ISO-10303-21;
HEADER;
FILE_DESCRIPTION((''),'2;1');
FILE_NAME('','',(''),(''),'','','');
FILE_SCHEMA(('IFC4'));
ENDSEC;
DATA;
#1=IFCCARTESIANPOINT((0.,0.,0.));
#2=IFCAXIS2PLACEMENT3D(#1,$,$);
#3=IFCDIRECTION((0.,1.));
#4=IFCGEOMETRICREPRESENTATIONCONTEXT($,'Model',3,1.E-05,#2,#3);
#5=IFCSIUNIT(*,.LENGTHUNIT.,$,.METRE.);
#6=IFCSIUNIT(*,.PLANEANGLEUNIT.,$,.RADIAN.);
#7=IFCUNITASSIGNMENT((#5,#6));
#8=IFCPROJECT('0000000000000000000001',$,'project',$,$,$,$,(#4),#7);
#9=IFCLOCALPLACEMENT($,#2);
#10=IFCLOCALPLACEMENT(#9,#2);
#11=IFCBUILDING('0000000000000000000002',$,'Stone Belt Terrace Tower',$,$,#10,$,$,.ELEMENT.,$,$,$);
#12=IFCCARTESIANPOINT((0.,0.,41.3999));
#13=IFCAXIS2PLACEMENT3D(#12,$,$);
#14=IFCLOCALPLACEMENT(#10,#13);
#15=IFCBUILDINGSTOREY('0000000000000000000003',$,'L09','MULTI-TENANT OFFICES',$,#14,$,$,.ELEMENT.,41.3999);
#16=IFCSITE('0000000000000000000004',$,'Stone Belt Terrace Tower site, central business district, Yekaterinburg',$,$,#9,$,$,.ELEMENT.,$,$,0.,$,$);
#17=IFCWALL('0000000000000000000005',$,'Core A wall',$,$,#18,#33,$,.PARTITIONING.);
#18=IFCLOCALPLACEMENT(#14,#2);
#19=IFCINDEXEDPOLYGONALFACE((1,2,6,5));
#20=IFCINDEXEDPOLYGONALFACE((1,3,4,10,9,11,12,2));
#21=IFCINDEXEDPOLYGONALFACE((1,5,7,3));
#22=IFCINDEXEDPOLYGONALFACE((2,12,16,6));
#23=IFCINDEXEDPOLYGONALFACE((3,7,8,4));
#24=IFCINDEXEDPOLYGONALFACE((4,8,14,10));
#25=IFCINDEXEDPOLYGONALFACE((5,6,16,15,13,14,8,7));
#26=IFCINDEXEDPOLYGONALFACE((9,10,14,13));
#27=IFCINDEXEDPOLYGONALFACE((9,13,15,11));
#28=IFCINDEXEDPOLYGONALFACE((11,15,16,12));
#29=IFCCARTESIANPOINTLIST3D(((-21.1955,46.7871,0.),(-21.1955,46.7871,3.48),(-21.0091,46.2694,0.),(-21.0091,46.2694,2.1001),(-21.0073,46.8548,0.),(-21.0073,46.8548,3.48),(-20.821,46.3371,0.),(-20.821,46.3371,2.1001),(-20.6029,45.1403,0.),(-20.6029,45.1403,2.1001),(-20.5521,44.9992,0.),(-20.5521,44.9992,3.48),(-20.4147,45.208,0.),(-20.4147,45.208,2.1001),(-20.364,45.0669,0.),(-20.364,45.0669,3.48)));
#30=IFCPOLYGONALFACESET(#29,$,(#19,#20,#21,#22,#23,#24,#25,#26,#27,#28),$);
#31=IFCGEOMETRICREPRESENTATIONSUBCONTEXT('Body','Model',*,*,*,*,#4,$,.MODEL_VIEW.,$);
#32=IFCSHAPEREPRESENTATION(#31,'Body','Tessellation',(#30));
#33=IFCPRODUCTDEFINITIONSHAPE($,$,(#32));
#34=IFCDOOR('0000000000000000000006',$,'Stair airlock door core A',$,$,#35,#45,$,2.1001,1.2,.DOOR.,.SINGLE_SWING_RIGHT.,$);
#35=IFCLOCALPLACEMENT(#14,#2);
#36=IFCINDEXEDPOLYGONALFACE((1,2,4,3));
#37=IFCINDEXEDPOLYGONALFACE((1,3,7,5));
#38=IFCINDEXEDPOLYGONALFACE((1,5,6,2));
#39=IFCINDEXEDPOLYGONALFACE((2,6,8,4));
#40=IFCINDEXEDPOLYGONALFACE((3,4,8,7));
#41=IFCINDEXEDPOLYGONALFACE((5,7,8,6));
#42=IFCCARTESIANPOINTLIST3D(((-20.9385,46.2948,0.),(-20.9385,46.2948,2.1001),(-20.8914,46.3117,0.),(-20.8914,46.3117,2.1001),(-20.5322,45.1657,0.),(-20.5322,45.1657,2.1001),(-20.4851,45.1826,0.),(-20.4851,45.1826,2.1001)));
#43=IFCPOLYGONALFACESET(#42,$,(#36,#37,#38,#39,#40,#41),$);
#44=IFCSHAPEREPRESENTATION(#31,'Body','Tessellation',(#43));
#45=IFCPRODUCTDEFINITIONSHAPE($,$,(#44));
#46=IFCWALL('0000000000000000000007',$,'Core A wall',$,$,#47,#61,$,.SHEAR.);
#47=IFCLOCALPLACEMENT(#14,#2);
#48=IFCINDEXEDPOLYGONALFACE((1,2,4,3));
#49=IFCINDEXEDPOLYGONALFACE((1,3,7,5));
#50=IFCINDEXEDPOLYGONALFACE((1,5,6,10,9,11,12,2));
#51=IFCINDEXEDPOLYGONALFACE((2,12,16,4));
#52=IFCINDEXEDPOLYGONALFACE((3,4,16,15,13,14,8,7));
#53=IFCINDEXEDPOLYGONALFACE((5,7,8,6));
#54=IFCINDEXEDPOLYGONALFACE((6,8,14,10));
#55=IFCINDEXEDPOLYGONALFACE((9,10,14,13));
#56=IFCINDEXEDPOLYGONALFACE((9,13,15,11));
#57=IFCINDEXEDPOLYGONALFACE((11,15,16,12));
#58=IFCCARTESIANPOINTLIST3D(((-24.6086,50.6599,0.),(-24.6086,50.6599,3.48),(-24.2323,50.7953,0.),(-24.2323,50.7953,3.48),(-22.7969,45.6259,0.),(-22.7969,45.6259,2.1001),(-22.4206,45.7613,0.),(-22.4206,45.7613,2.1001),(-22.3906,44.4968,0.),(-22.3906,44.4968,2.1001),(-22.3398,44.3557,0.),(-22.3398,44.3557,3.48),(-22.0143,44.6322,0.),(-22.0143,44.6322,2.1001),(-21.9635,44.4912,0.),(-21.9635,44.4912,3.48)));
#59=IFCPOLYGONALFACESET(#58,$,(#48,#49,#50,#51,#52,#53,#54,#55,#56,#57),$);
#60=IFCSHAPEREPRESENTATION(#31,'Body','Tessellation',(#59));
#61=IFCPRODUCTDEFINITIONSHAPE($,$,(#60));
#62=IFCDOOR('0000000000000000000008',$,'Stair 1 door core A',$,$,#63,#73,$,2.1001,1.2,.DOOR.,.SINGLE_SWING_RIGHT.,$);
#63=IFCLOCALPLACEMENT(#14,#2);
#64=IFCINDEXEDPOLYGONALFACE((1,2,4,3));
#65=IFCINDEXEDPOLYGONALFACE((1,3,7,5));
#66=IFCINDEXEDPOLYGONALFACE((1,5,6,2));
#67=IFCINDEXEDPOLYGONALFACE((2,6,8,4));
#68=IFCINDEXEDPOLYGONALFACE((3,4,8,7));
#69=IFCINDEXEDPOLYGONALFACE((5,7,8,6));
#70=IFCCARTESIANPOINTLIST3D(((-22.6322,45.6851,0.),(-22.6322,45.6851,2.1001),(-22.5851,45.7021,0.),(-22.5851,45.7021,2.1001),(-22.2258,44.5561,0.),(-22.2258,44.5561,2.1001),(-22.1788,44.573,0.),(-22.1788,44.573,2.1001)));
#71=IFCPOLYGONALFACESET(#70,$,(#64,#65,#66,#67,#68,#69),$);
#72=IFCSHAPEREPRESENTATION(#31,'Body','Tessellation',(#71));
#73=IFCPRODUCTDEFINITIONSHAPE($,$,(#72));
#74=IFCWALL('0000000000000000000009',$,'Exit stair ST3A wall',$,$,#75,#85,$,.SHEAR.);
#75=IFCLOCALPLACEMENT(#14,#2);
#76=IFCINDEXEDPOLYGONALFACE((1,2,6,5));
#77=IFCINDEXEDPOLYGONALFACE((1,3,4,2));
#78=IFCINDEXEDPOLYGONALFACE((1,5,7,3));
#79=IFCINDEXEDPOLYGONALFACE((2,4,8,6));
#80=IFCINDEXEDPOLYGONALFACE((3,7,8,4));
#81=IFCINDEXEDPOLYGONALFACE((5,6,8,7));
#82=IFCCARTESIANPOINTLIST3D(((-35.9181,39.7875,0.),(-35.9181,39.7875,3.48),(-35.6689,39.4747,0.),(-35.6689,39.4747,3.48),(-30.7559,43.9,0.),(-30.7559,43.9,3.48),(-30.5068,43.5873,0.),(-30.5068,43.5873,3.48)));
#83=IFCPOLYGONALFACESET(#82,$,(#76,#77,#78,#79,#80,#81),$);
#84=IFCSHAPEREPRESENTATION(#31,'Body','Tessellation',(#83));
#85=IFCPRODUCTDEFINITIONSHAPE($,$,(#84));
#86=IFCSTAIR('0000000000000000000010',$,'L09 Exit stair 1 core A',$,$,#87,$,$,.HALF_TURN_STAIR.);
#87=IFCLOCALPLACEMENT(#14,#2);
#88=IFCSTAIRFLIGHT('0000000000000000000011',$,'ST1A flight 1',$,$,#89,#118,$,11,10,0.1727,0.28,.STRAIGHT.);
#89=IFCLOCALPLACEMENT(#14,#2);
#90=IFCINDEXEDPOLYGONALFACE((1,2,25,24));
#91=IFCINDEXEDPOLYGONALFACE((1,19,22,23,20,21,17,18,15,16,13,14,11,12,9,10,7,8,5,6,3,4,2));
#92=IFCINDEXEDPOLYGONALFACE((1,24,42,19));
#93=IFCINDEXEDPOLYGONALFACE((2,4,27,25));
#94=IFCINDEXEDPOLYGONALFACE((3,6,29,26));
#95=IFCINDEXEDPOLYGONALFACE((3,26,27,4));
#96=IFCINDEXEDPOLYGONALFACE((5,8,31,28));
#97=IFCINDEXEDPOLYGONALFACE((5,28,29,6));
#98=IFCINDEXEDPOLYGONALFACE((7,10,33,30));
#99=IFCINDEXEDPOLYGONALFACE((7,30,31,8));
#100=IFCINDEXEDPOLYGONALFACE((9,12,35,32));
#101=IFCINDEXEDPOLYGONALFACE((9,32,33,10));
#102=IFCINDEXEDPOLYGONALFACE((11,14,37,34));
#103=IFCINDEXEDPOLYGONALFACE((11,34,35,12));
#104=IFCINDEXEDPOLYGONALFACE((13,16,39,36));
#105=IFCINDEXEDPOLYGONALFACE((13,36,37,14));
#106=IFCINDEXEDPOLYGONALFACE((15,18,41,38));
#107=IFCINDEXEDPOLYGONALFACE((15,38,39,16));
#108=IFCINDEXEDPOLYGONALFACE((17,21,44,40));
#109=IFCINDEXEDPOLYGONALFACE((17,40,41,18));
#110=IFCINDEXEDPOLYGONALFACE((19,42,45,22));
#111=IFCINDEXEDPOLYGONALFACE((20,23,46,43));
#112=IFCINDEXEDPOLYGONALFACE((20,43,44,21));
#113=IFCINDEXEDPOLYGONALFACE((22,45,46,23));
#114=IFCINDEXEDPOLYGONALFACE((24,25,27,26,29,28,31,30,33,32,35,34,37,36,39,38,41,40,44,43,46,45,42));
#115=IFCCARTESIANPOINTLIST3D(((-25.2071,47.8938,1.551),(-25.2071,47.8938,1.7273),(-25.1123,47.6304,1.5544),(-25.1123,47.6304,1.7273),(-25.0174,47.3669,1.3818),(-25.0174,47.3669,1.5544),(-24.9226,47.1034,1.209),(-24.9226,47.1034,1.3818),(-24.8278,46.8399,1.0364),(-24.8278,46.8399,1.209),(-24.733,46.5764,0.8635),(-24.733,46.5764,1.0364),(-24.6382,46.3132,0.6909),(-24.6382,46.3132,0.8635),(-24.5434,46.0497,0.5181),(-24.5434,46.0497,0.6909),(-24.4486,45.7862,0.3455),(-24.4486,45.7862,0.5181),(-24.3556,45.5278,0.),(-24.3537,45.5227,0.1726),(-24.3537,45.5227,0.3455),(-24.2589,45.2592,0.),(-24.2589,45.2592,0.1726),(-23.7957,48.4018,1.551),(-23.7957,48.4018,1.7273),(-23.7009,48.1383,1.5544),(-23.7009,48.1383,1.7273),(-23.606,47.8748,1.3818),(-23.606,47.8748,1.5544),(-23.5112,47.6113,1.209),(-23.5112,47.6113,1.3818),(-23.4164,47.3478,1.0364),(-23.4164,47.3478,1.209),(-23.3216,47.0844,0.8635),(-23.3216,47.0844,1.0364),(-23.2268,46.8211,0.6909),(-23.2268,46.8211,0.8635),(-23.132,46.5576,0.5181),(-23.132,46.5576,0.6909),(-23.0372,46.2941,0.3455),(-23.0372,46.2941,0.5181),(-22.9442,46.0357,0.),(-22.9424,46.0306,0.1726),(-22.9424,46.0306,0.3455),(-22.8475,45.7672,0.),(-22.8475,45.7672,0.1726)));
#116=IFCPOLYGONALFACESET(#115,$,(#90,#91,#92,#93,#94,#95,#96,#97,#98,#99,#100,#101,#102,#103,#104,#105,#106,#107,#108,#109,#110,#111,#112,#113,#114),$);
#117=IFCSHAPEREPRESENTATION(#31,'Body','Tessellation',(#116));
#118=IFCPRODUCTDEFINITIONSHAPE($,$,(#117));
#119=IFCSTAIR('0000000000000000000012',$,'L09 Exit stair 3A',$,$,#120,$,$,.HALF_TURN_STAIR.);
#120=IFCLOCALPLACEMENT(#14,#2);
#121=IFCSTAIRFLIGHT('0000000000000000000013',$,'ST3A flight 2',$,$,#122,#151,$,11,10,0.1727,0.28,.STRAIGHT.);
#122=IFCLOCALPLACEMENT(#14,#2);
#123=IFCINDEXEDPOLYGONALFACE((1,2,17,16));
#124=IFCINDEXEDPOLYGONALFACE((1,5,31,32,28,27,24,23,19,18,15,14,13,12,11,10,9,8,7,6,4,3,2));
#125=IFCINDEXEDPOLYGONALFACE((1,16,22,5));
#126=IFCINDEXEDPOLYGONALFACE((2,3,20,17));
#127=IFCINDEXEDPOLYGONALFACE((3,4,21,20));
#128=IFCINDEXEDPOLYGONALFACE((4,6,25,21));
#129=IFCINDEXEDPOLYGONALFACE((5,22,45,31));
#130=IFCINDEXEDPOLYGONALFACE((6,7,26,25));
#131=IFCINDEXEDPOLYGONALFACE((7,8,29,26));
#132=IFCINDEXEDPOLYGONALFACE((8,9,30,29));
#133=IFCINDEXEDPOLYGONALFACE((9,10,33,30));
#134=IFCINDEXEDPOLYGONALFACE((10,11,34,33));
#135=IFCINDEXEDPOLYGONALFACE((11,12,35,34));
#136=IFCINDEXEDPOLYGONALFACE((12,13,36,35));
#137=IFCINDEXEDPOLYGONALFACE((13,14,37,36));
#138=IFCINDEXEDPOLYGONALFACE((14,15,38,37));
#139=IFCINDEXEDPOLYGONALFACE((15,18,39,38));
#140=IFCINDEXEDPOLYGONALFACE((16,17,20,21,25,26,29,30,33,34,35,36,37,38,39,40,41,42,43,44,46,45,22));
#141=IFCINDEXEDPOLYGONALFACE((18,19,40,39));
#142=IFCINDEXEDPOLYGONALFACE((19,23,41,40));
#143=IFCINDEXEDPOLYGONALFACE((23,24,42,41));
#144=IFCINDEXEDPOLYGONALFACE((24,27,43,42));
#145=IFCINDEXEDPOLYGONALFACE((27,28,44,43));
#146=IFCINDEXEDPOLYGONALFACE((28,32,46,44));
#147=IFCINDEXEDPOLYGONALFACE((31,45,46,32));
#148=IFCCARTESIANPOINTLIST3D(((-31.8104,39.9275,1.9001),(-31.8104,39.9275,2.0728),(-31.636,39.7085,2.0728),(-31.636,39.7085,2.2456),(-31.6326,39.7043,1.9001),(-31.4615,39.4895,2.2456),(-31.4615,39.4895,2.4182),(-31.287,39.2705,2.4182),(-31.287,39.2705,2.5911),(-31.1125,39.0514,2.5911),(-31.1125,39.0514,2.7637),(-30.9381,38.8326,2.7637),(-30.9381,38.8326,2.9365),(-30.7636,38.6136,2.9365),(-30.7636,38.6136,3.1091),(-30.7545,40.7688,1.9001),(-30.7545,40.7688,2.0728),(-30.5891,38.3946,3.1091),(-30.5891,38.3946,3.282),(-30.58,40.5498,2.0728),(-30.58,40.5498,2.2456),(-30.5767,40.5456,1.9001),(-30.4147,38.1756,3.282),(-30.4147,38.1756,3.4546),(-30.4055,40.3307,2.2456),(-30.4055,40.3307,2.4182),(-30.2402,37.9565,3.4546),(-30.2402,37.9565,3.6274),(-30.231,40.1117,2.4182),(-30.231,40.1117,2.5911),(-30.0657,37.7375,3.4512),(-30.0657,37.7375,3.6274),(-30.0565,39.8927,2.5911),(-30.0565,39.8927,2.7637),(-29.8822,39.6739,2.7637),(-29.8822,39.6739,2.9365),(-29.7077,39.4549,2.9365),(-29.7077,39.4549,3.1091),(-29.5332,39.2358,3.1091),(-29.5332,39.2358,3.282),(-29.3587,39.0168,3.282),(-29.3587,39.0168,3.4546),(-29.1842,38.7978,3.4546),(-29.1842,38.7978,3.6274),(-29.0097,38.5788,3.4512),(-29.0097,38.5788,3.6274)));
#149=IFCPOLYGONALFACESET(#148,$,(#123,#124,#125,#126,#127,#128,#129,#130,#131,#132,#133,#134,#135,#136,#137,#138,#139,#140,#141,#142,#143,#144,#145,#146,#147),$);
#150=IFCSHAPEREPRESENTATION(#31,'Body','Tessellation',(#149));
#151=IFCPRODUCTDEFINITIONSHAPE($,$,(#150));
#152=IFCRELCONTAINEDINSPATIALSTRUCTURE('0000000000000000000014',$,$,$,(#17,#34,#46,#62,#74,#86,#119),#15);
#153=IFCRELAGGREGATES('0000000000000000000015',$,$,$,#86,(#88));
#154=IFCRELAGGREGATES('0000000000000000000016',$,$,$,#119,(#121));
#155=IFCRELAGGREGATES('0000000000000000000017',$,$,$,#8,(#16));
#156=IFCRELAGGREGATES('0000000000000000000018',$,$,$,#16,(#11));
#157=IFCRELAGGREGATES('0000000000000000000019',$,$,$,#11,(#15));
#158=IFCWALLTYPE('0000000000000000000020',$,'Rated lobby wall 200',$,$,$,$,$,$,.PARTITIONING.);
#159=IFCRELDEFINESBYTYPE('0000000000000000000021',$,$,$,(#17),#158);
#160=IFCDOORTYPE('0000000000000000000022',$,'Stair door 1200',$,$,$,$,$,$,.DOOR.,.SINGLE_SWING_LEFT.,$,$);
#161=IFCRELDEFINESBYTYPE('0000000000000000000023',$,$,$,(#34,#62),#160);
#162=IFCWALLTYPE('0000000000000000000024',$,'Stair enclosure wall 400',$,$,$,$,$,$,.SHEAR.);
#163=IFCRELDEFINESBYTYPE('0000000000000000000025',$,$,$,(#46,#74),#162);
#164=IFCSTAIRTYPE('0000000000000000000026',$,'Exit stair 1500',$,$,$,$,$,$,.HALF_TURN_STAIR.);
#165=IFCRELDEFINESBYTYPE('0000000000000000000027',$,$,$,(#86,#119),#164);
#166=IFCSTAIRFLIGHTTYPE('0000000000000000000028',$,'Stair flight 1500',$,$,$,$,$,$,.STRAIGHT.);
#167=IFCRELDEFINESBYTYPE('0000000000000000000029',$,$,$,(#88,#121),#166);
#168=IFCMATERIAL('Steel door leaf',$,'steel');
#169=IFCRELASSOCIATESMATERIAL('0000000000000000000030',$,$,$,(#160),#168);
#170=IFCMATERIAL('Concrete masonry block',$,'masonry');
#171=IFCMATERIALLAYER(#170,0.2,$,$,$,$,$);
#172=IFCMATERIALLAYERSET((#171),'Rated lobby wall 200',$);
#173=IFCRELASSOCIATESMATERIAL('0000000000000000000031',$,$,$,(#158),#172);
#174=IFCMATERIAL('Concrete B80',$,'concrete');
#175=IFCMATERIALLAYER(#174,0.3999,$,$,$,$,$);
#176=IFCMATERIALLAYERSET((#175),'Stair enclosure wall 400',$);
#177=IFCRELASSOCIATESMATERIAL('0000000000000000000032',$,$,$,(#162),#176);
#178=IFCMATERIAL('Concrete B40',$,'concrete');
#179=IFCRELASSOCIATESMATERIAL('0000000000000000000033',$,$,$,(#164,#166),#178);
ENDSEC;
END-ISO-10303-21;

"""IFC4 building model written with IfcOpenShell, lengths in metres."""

from ifc_helpers import new_model, si_unit, direction, frame, frame_2d, origin, place, context, subcontext, project, spatial, polyline, rectangle, outline, extrude, material, layer, layer_set, type_object, element, fill, aggregate, save


model = new_model("IFC4")

# Units and contexts
model_context = context("Model", 3, precision=1e-05, world=origin(), true_north=direction((0.0, 1.0)))
body_context = subcontext(model_context, "Body", "Model", "MODEL_VIEW")
ifc_project = project(units=[si_unit("LENGTHUNIT", "METRE"), si_unit("PLANEANGLEUNIT", "RADIAN")], contexts=[model_context])

# Site, building, storey
site_placement = place(None, origin())
site = spatial("IfcSite", under=ifc_project, at=site_placement, Name="Stone Belt Terrace Tower site, central business district, Yekaterinburg", CompositionType="ELEMENT", RefElevation=0.0)
building_placement = place(site_placement, origin())
building = spatial("IfcBuilding", under=site, at=building_placement, Name="Stone Belt Terrace Tower", CompositionType="ELEMENT")
storey_placement = place(building_placement, frame((0.0, 0.0, 41.3999)))
storey = spatial("IfcBuildingStorey", under=building, at=storey_placement, Name="L09", Description="MULTI-TENANT OFFICES", CompositionType="ELEMENT", Elevation=41.3999)

# Shared definitions
ifc_material_1 = material(Name="Concrete B80", Category="concrete")

# Shared definitions
ifc_material_2 = material(Name="Steel door leaf", Category="steel")
door_type_1 = type_object("IfcDoorType", Name="Stair door 1200", OperationType="SINGLE_SWING_LEFT", PredefinedType="DOOR", material=ifc_material_2)

# Shared definitions
ifc_material_3 = material(Name="Concrete masonry block", Category="masonry")
ifc_layer_1 = layer(ifc_material_3, 0.2)
ifc_layer_set_1 = layer_set([ifc_layer_1], Name="Rated lobby wall 200")
wall_type_1 = type_object("IfcWallType", Name="Rated lobby wall 200", PredefinedType="PARTITIONING", material=ifc_layer_set_1)

# Walls, openings, doors
wall_1_placement = place(storey_placement, frame((-20.458, 45.033, 0.0), z_axis=(0.0, 0.0, 1.0), x_axis=(-0.338574, 0.94094, 0.0)))
wall_1 = element("IfcWall", 1, at=wall_1_placement, inside=storey, type_object=wall_type_1, Name="Core A wall", PredefinedType="PARTITIONING", context=body_context, shape_type="SweptSolid", body=[
    extrude(rectangle(XDim=1.9001, YDim=0.2, at=frame_2d((0.9502, 0.0))), origin(), (0.0, 0.0, 1.0), 3.48),
])
opening_1_placement = place(wall_1_placement, frame((0.1499, 0.0, 0.0)))
opening_1 = element("IfcOpeningElement", 2, at=opening_1_placement, cuts=wall_1, PredefinedType="OPENING", context=body_context, shape_type="SweptSolid", body=[
    extrude(rectangle(XDim=1.2, YDim=2.1001, at=frame_2d((0.6001, 1.05))), frame((0.0, 0.1099, 0.0), z_axis=(0.0, -1.0, 0.0), x_axis=(1.0, 0.0, 0.0)), (0.0, 0.0, 1.0), 0.22),
])
door_1_placement = place(opening_1_placement, origin())
door_1 = element("IfcDoor", 3, at=door_1_placement, inside=storey, type_object=door_type_1, Name="Stair airlock door core A", OperationType="SINGLE_SWING_RIGHT", OverallHeight=2.1001, OverallWidth=1.2, PredefinedType="DOOR", context=body_context, shape_type="SweptSolid", body=[
    extrude(rectangle(XDim=1.2, YDim=2.1001, at=frame_2d((0.6001, 1.05))), frame((0.0, 0.0249, 0.0), z_axis=(0.0, -1.0, 0.0), x_axis=(1.0, 0.0, 0.0)), (0.0, 0.0, 1.0), 0.05),
])
fill(opening_1, door_1)
ifc_layer_2 = layer(ifc_material_1, 0.3999)
ifc_layer_set_2 = layer_set([ifc_layer_2], Name="Stair enclosure wall 400")
wall_type_2 = type_object("IfcWallType", Name="Stair enclosure wall 400", PredefinedType="SHEAR", material=ifc_layer_set_2)
wall_2_placement = place(storey_placement, frame((-22.1516, 44.4233, 0.0), z_axis=(0.0, 0.0, 1.0), x_axis=(-0.338625, 0.940921, 0.0)))
wall_2 = element("IfcWall", 4, at=wall_2_placement, inside=storey, type_object=wall_type_2, Name="Core A wall", PredefinedType="SHEAR", context=body_context, shape_type="SweptSolid", body=[
    extrude(rectangle(XDim=6.7, YDim=0.3999, at=frame_2d((3.3501, 0.0))), origin(), (0.0, 0.0, 1.0), 3.48),
])
opening_2_placement = place(wall_2_placement, frame((0.1499, 0.0, 0.0)))
opening_2 = element("IfcOpeningElement", 5, at=opening_2_placement, cuts=wall_2, PredefinedType="OPENING", context=body_context, shape_type="SweptSolid", body=[
    extrude(rectangle(XDim=1.2, YDim=2.1001, at=frame_2d((0.6001, 1.05))), frame((0.0, 0.21, 0.0), z_axis=(0.0, -1.0, 0.0), x_axis=(1.0, 0.0, 0.0)), (0.0, 0.0, 1.0), 0.4199),
])
door_2_placement = place(opening_2_placement, origin())
door_2 = element("IfcDoor", 6, at=door_2_placement, inside=storey, type_object=door_type_1, Name="Stair 1 door core A", OperationType="SINGLE_SWING_RIGHT", OverallHeight=2.1001, OverallWidth=1.2, PredefinedType="DOOR", context=body_context, shape_type="SweptSolid", body=[
    extrude(rectangle(XDim=1.2, YDim=2.1001, at=frame_2d((0.6001, 1.05))), frame((0.0, 0.0249, 0.0), z_axis=(0.0, -1.0, 0.0), x_axis=(1.0, 0.0, 0.0)), (0.0, 0.0, 1.0), 0.05),
])
fill(opening_2, door_2)

# Wall
wall_3_placement = place(storey_placement, frame((-30.6313, 43.7437, 0.0), z_axis=(0.0, 0.0, 1.0), x_axis=(-0.782134, -0.62311, 0.0)))
element("IfcWall", 7, at=wall_3_placement, inside=storey, type_object=wall_type_2, Name="Exit stair ST3A wall", PredefinedType="SHEAR", context=body_context, shape_type="SweptSolid", body=[
    extrude(rectangle(XDim=6.6001, YDim=0.3999, at=frame_2d((3.3, 0.0))), origin(), (0.0, 0.0, 1.0), 3.48),
])

# Stairs, stair flights
ifc_material_4 = material(Name="Concrete B40", Category="concrete")
stair_type = type_object("IfcStairType", Name="Exit stair 1500", PredefinedType="HALF_TURN_STAIR", material=ifc_material_4)
stair_1_placement = place(storey_placement, origin())
stair_1 = element("IfcStair", 8, at=stair_1_placement, inside=storey, type_object=stair_type, Name="L09 Exit stair 1 core A", PredefinedType="HALF_TURN_STAIR")
stair_flight_type = type_object("IfcStairFlightType", Name="Stair flight 1500", PredefinedType="STRAIGHT", material=ifc_material_4)
stair_flight_1_placement = place(storey_placement, frame((-23.5532, 45.5132, 0.0), z_axis=(0.0, 0.0, 1.0), x_axis=(-0.338624, 0.940922, 0.0)))
stair_flight_1 = element("IfcStairFlight", 9, at=stair_flight_1_placement, type_object=stair_flight_type, Name="ST1A flight 1", NumberOfRisers=11, NumberOfTreads=10, PredefinedType="STRAIGHT", RiserHeight=0.1727, TreadLength=0.28, context=body_context, shape_type="SweptSolid", body=[
    extrude(outline(polyline([(0.0, 0.0), (0.0, 0.1726), (0.28, 0.1726), (0.28, 0.3455), (0.5601, 0.3455), (0.5601, 0.5181), (0.8401, 0.5181), (0.8401, 0.6909), (1.1201, 0.6909), (1.1201, 0.8635), (1.3999, 0.8635), (1.3999, 1.0364), (1.6799, 1.0364), (1.6799, 1.209), (1.96, 1.209), (1.96, 1.3818), (2.24, 1.3818), (2.24, 1.5544), (2.52, 1.5544), (2.52, 1.7273), (2.8, 1.7273), (2.8, 1.8999), (2.8, 1.551), (0.2854, 0.0), (0.0, 0.0)])), frame((0.0, 0.75, 0.0), z_axis=(0.0, -1.0, 0.0), x_axis=(1.0, 0.0, 0.0)), (0.0, 0.0, 1.0), 1.5),
])
aggregate(stair_1, [stair_flight_1])
stair_2_placement = place(storey_placement, origin())
stair_2 = element("IfcStair", 10, at=stair_2_placement, inside=storey, type_object=stair_type, Name="L09 Exit stair 3A", PredefinedType="HALF_TURN_STAIR")
stair_flight_2_placement = place(storey_placement, frame((-31.2825, 40.3481, 1.9001), z_axis=(0.0, 0.0, 1.0), x_axis=(0.623121, -0.782125, 0.0)))
stair_flight_2 = element("IfcStairFlight", 11, at=stair_flight_2_placement, type_object=stair_flight_type, Name="ST3A flight 2", NumberOfRisers=11, NumberOfTreads=10, PredefinedType="STRAIGHT", RiserHeight=0.1727, TreadLength=0.28, context=body_context, shape_type="SweptSolid", body=[
    extrude(outline(polyline([(0.0, 0.0), (0.0, 0.1726), (0.28, 0.1726), (0.28, 0.3455), (0.5601, 0.3455), (0.5601, 0.5181), (0.8401, 0.5181), (0.8401, 0.6909), (1.1201, 0.6909), (1.1201, 0.8635), (1.3999, 0.8635), (1.3999, 1.0364), (1.6799, 1.0364), (1.6799, 1.209), (1.96, 1.209), (1.96, 1.3818), (2.24, 1.3818), (2.24, 1.5544), (2.52, 1.5544), (2.52, 1.7273), (2.8, 1.7273), (2.8, 1.8999), (2.8, 1.551), (0.2854, 0.0), (0.0, 0.0)])), frame((0.0, 0.675, 0.0), z_axis=(0.0, -1.0, 0.0), x_axis=(1.0, 0.0, 0.0)), (0.0, 0.0, 1.0), 1.3501),
])
aggregate(stair_2, [stair_flight_2])

save(model, "model.ifc")
